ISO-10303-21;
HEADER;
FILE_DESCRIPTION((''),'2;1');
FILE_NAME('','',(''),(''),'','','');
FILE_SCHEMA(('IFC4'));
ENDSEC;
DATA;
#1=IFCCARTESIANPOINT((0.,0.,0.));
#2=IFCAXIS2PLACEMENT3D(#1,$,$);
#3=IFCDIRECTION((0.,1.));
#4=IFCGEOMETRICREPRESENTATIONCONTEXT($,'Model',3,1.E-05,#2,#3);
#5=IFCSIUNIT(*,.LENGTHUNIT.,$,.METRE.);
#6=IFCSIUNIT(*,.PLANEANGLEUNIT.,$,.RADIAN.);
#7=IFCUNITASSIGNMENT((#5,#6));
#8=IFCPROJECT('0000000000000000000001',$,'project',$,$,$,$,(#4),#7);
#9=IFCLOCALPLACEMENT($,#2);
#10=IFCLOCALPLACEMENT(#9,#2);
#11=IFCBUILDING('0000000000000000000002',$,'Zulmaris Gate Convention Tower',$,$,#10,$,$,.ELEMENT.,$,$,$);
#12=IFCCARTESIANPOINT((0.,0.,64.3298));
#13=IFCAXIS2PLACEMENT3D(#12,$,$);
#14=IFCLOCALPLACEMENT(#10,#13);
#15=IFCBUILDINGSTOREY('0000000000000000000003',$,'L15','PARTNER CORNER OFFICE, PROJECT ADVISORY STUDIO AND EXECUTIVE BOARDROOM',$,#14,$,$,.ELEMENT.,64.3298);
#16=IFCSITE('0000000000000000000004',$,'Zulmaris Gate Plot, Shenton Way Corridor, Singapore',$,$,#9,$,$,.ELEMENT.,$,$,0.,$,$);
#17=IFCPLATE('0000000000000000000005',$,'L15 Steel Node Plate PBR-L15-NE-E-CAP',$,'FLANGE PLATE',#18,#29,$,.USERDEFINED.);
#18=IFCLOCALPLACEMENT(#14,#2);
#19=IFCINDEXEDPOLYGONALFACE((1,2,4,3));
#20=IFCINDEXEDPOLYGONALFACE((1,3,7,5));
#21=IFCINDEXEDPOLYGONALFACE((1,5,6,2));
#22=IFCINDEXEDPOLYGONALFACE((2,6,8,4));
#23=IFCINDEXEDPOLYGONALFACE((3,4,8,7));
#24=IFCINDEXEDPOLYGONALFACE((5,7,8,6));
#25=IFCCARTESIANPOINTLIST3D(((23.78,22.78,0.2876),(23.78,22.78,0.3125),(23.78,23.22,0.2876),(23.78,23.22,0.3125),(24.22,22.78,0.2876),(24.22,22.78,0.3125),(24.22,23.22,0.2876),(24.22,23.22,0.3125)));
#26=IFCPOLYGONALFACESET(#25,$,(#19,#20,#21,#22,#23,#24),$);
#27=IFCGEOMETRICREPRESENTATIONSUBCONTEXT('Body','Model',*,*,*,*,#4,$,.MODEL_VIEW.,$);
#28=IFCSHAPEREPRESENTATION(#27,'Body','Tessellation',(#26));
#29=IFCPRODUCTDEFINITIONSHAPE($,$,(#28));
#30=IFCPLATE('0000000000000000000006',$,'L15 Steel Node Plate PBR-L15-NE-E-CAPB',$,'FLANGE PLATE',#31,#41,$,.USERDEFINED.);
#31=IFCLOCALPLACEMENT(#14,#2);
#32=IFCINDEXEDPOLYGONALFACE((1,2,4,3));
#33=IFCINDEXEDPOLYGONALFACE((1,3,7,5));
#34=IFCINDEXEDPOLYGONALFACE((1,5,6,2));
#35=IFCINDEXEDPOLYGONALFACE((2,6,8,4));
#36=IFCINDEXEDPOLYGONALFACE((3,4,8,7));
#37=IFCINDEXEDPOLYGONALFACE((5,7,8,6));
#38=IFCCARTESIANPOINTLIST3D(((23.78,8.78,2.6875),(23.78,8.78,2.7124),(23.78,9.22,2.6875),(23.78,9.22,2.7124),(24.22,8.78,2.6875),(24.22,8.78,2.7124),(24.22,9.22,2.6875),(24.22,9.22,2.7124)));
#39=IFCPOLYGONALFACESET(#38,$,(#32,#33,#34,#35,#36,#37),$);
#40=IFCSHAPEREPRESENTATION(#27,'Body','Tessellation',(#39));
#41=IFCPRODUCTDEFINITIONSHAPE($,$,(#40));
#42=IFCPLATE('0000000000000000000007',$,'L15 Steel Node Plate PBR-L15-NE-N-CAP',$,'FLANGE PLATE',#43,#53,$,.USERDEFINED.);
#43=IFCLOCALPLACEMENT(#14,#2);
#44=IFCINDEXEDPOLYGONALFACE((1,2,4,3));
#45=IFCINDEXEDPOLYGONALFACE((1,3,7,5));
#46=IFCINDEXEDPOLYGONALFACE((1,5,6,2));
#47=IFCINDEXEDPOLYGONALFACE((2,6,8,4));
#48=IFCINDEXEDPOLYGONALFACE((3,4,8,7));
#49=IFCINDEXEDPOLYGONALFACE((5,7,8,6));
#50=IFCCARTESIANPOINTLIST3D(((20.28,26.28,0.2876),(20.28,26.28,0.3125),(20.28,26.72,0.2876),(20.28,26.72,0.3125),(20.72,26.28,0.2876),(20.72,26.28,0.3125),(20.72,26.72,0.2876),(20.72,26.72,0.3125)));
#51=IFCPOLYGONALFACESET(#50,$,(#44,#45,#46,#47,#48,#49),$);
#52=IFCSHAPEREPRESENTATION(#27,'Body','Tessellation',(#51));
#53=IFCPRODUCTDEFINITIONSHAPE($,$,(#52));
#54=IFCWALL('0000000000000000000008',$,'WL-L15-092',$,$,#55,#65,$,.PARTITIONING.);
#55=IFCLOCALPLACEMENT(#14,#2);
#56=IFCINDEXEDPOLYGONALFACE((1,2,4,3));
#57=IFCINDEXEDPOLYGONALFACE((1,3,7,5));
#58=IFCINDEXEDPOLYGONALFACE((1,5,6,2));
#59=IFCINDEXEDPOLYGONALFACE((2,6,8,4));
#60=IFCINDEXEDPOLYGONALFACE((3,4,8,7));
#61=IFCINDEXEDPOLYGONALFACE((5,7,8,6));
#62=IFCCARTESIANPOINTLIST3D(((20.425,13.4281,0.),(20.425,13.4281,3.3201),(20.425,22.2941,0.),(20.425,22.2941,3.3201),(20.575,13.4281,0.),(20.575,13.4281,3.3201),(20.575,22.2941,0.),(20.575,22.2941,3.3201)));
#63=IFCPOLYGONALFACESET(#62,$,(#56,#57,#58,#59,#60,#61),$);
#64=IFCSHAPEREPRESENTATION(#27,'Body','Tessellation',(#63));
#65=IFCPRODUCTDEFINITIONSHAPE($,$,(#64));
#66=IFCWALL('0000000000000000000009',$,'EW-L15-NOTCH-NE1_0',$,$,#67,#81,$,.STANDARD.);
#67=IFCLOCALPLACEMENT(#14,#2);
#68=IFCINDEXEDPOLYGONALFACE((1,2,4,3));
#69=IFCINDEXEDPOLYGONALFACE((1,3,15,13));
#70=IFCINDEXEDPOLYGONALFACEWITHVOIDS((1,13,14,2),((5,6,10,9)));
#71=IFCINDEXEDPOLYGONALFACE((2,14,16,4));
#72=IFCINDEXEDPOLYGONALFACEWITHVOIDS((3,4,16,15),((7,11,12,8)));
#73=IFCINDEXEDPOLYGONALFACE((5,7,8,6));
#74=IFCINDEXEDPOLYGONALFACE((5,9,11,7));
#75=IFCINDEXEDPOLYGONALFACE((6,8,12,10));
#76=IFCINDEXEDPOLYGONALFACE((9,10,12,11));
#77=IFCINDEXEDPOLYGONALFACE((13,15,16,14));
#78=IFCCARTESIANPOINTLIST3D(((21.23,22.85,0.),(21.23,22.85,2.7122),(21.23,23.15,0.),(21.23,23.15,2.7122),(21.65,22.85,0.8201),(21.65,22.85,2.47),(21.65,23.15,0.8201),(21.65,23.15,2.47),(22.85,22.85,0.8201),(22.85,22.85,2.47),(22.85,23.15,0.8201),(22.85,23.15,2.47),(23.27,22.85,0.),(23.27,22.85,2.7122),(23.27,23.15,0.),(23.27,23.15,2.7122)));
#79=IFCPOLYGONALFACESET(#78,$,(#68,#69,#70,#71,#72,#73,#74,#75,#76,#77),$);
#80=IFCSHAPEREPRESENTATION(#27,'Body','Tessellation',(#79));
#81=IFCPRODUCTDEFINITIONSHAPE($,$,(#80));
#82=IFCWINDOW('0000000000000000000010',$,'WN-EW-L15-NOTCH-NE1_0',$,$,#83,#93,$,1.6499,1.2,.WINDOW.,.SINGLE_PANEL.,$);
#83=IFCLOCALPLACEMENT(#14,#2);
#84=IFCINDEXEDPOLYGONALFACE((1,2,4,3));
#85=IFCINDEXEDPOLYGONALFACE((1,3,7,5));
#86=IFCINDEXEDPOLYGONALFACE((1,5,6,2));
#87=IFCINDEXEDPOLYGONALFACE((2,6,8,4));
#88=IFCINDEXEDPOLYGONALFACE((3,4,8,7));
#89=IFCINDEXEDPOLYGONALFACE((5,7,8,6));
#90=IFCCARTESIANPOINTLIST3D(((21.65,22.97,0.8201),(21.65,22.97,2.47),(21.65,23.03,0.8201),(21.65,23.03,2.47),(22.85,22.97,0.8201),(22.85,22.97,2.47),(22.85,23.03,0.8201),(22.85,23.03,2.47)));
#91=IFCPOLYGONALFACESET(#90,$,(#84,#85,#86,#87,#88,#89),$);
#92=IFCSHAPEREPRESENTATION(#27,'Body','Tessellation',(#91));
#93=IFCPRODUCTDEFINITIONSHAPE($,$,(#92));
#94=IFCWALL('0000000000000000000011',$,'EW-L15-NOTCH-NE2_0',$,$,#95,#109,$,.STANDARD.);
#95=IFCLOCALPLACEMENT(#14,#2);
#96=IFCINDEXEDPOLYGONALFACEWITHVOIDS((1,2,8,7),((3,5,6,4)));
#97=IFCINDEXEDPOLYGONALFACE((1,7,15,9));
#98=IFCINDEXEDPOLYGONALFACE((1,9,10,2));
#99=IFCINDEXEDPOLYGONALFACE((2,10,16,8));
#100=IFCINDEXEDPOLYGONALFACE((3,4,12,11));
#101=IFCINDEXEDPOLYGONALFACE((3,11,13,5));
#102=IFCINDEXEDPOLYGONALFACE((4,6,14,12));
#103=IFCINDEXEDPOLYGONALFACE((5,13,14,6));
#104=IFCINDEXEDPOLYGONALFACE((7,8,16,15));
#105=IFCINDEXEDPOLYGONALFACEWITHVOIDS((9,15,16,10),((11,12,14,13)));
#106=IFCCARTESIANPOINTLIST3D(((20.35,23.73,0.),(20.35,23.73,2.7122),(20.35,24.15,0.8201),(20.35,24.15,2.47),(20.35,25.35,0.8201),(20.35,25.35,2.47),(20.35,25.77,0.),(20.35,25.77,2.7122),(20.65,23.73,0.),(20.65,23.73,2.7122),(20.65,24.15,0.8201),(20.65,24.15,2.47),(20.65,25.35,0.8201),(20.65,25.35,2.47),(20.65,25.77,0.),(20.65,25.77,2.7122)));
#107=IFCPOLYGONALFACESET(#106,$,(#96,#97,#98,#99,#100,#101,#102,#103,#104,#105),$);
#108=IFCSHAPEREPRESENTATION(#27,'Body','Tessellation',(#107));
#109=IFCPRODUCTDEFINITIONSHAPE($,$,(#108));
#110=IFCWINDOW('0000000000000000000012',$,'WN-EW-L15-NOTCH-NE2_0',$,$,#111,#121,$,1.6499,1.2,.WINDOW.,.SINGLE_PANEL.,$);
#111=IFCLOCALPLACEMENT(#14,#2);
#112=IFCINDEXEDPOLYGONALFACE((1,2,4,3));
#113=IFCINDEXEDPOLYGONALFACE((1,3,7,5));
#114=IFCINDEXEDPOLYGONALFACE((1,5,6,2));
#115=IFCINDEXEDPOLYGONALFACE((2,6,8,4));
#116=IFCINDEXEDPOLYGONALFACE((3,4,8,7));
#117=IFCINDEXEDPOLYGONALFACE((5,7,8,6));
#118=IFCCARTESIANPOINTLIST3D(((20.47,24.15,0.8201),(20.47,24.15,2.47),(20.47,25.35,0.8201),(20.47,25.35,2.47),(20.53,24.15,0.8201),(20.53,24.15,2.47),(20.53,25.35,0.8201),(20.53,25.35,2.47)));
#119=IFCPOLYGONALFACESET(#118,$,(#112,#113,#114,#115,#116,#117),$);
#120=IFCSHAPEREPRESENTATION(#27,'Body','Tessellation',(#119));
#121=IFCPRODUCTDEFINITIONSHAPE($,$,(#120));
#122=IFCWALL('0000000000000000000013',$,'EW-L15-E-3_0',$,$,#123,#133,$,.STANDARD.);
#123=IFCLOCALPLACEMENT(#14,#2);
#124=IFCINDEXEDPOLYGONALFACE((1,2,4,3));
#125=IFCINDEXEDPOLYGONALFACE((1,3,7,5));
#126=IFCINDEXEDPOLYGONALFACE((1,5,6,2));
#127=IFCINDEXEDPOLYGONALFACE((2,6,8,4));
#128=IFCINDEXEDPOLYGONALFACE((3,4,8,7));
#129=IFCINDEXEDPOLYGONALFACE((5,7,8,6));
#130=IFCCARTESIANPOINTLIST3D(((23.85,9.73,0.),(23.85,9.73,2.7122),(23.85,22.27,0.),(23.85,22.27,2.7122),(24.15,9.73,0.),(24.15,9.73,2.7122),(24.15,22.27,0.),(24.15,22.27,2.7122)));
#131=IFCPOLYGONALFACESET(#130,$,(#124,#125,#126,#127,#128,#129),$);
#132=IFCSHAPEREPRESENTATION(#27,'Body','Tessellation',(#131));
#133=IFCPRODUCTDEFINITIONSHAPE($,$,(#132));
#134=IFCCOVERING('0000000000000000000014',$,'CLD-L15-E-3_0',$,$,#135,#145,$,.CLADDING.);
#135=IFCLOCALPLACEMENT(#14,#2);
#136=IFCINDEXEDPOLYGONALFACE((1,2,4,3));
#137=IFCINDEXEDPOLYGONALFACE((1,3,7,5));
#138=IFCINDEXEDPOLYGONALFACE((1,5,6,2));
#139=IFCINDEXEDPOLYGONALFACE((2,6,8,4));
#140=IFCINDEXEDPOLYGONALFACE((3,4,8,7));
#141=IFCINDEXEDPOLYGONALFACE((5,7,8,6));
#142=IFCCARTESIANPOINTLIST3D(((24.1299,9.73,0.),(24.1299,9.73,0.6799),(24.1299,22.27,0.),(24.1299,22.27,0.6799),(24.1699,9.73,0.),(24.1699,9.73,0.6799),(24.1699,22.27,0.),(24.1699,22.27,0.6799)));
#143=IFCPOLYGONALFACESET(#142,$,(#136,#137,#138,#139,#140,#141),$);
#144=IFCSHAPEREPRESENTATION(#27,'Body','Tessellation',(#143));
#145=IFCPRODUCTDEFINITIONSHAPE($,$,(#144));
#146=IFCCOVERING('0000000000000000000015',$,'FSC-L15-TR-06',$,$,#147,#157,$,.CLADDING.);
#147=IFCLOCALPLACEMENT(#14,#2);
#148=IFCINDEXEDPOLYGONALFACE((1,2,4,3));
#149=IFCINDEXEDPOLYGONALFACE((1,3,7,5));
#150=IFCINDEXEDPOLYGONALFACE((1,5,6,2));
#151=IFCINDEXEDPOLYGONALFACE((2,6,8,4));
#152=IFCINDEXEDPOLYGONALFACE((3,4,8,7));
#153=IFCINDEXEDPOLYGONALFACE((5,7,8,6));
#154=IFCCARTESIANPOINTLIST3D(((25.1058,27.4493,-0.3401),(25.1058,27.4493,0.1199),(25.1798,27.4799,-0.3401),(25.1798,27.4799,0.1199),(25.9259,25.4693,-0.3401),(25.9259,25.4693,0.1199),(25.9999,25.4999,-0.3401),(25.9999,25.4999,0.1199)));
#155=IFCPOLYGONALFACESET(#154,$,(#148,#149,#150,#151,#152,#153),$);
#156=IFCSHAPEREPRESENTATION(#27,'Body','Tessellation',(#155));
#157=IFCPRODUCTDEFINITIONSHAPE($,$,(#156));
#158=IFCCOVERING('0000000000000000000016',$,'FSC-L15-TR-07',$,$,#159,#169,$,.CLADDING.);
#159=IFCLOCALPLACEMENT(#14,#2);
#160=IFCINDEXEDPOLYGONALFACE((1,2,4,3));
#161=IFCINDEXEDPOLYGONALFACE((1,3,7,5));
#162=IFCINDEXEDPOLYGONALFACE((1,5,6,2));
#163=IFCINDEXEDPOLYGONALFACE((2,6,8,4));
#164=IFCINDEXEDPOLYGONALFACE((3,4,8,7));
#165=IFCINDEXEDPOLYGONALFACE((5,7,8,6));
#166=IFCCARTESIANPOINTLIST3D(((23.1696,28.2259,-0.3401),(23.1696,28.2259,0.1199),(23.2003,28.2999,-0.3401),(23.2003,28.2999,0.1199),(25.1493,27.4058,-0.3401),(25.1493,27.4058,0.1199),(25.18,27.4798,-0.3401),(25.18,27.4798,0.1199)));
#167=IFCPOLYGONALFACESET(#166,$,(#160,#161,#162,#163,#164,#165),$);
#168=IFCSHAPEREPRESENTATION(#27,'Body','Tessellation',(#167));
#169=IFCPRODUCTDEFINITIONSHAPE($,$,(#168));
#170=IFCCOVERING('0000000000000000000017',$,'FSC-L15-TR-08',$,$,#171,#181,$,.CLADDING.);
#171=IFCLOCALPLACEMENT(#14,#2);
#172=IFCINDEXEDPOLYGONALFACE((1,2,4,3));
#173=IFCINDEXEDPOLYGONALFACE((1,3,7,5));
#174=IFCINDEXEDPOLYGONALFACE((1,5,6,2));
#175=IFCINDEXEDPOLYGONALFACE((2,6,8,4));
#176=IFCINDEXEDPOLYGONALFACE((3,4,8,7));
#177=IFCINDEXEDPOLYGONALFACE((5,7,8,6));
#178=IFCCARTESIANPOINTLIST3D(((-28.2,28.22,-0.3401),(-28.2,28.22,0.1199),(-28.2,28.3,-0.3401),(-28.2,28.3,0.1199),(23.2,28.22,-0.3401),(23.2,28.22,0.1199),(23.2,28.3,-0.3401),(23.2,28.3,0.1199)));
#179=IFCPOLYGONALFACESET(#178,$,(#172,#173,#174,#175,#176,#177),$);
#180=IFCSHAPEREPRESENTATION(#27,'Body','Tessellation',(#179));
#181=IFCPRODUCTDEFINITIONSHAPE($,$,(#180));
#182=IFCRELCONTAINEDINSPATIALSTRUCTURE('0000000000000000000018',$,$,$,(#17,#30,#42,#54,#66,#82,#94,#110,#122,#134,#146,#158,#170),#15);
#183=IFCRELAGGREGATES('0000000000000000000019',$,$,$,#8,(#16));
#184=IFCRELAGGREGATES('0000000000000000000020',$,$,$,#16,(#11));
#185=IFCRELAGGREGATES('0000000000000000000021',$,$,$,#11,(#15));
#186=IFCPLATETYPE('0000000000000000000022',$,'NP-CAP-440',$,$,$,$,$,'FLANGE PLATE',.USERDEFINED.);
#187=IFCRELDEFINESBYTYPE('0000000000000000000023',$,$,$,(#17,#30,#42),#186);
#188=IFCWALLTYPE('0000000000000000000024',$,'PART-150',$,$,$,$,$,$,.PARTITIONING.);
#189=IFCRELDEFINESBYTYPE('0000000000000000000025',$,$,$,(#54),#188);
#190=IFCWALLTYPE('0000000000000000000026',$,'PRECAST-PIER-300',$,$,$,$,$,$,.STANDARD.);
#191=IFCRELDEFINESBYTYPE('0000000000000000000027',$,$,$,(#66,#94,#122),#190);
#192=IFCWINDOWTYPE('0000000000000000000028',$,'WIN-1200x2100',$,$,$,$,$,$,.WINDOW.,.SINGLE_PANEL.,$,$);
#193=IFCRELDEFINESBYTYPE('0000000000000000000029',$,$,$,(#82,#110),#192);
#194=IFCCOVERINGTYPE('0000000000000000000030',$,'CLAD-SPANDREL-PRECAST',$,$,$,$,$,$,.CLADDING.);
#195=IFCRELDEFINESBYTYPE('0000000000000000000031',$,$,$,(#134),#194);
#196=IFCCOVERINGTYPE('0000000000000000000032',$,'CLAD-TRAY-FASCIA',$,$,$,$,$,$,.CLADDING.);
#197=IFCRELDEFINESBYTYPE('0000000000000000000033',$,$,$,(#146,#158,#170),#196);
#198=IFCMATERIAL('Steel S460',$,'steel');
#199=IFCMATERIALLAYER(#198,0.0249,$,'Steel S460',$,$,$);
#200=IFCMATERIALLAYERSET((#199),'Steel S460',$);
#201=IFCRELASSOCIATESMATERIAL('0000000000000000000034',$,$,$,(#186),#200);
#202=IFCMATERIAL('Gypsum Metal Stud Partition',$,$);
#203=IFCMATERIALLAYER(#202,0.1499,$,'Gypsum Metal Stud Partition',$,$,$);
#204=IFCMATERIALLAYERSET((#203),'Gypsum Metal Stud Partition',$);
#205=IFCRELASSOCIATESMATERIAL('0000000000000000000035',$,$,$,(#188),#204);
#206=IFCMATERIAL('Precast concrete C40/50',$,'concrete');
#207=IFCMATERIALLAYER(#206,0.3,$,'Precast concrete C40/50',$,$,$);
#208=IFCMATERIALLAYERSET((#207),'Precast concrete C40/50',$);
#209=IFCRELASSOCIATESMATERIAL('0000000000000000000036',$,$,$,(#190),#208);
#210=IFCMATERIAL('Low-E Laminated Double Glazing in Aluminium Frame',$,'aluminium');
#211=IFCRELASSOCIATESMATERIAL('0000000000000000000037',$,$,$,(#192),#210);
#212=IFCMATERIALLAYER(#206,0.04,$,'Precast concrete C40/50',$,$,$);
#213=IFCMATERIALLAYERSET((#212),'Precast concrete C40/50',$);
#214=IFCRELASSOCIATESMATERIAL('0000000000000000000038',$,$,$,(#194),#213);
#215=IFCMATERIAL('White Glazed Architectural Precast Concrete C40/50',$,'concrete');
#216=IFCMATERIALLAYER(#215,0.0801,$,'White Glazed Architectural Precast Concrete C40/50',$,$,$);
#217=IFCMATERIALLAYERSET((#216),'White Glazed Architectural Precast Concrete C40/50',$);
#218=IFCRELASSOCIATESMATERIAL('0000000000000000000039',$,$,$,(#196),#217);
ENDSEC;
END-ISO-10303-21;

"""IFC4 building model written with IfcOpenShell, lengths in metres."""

from ifc_helpers import new_model, si_unit, direction, frame, frame_2d, origin, origin_2d, place, context, subcontext, project, spatial, rectangle, extrude, material, layer, layer_set, type_object, element, fill, save


model = new_model("IFC4")

# Units and contexts
model_context = context("Model", 3, precision=1e-05, world=origin(), true_north=direction((0.0, 1.0)))
body_context = subcontext(model_context, "Body", "Model", "MODEL_VIEW")
ifc_project = project(units=[si_unit("LENGTHUNIT", "METRE"), si_unit("PLANEANGLEUNIT", "RADIAN")], contexts=[model_context])

# Site, building, storey
site_placement = place(None, origin())
site = spatial("IfcSite", under=ifc_project, at=site_placement, Name="Zulmaris Gate Plot, Shenton Way Corridor, Singapore", CompositionType="ELEMENT", RefElevation=0.0)
building_placement = place(site_placement, origin())
building = spatial("IfcBuilding", under=site, at=building_placement, Name="Zulmaris Gate Convention Tower", CompositionType="ELEMENT")
storey_placement = place(building_placement, frame((0.0, 0.0, 64.3298)))
storey = spatial("IfcBuildingStorey", under=building, at=storey_placement, Name="L15", Description="PARTNER CORNER OFFICE, PROJECT ADVISORY STUDIO AND EXECUTIVE BOARDROOM", CompositionType="ELEMENT", Elevation=64.3298)

# Shared definitions
ifc_material_1 = material(Name="Steel S460", Category="steel")

# Plates
ifc_layer_1 = layer(ifc_material_1, 0.0249, Name="Steel S460")
ifc_layer_set_1 = layer_set([ifc_layer_1], Name="Steel S460")
plate_type = type_object("IfcPlateType", Name="NP-CAP-440", ElementType="FLANGE PLATE", PredefinedType="USERDEFINED", material=ifc_layer_set_1)
for number, where, z_axis, x_axis, name in (
    (1, (24.0, 23.0, 0.2876), (0.0, 0.0, 1.0), (1.0, 0.0, 0.0), "L15 Steel Node Plate PBR-L15-NE-E-CAP"),
    (2, (24.0, 9.0, 2.6875), (0.0, 0.0, 1.0), (1.0, 0.0, 0.0), "L15 Steel Node Plate PBR-L15-NE-E-CAPB"),
    (3, (20.5, 26.5, 0.2876), (0.0, 0.0, 1.0), (1.0, 0.0, 0.0), "L15 Steel Node Plate PBR-L15-NE-N-CAP"),
):
    element("IfcPlate", number, at=place(storey_placement, frame(where, z_axis=z_axis, x_axis=x_axis)), inside=storey, type_object=plate_type, Name=name, ObjectType="FLANGE PLATE", PredefinedType="USERDEFINED", context=body_context, shape_type="SweptSolid", body=[
        extrude(rectangle(XDim=0.4399, YDim=0.4399, at=origin_2d()), origin(), (0.0, 0.0, 1.0), 0.0249),
    ])

# Shared definitions
ifc_material_2 = material(Name="Gypsum Metal Stud Partition")
ifc_layer_2 = layer(ifc_material_2, 0.1499, Name="Gypsum Metal Stud Partition")
ifc_layer_set_2 = layer_set([ifc_layer_2], Name="Gypsum Metal Stud Partition")
wall_type_1 = type_object("IfcWallType", Name="PART-150", PredefinedType="PARTITIONING", material=ifc_layer_set_2)

# Wall
wall_1_placement = place(storey_placement, frame((20.5, 13.428, 0.0), z_axis=(0.0, 0.0, 1.0), x_axis=(0.0, 1.0, 0.0)))
element("IfcWall", 4, at=wall_1_placement, inside=storey, type_object=wall_type_1, Name="WL-L15-092", PredefinedType="PARTITIONING", context=body_context, shape_type="SweptSolid", body=[
    extrude(rectangle(XDim=8.866, YDim=0.1499, at=frame_2d((4.4331, 0.0))), origin(), (0.0, 0.0, 1.0), 3.3201),
])

# Walls, openings, windows
ifc_material_3 = material(Name="Precast concrete C40/50", Category="concrete")
ifc_layer_3 = layer(ifc_material_3, 0.3, Name="Precast concrete C40/50")
ifc_layer_set_3 = layer_set([ifc_layer_3], Name="Precast concrete C40/50")
wall_type_2 = type_object("IfcWallType", Name="PRECAST-PIER-300", PredefinedType="STANDARD", material=ifc_layer_set_3)
wall_2_placement = place(storey_placement, frame((23.27, 23.0, 0.0), z_axis=(0.0, 0.0, 1.0), x_axis=(-1.0, 0.0, 0.0)))
wall_2 = element("IfcWall", 5, at=wall_2_placement, inside=storey, type_object=wall_type_2, Name="EW-L15-NOTCH-NE1_0", PredefinedType="STANDARD", context=body_context, shape_type="SweptSolid", body=[
    extrude(rectangle(XDim=2.04, YDim=0.3, at=frame_2d((1.02, 0.0))), origin(), (0.0, 0.0, 1.0), 2.7122),
])
opening_1_placement = place(wall_2_placement, frame((0.4199, 0.0, 0.8201)))
opening_1 = element("IfcOpeningElement", 6, at=opening_1_placement, cuts=wall_2, PredefinedType="OPENING", context=body_context, shape_type="SweptSolid", body=[
    extrude(rectangle(XDim=1.2, YDim=1.6499, at=frame_2d((0.6001, 0.825))), frame((0.0, 0.1602, 0.0), z_axis=(0.0, -1.0, 0.0), x_axis=(1.0, 0.0, 0.0)), (0.0, 0.0, 1.0), 0.3201),
])
ifc_material_4 = material(Name="Low-E Laminated Double Glazing in Aluminium Frame", Category="aluminium")
window_type = type_object("IfcWindowType", Name="WIN-1200x2100", PartitioningType="SINGLE_PANEL", PredefinedType="WINDOW", material=ifc_material_4)
window_1_placement = place(opening_1_placement, origin())
window_1 = element("IfcWindow", 7, at=window_1_placement, inside=storey, type_object=window_type, Name="WN-EW-L15-NOTCH-NE1_0", OverallHeight=1.6499, OverallWidth=1.2, PartitioningType="SINGLE_PANEL", PredefinedType="WINDOW", context=body_context, shape_type="SweptSolid", body=[
    extrude(rectangle(XDim=1.2, YDim=1.6499, at=frame_2d((0.6001, 0.825))), frame((0.0, 0.03, 0.0), z_axis=(0.0, -1.0, 0.0), x_axis=(1.0, 0.0, 0.0)), (0.0, 0.0, 1.0), 0.0601),
])
fill(opening_1, window_1)
wall_3_placement = place(storey_placement, frame((20.5, 23.73, 0.0), z_axis=(0.0, 0.0, 1.0), x_axis=(0.0, 1.0, 0.0)))
wall_3 = element("IfcWall", 8, at=wall_3_placement, inside=storey, type_object=wall_type_2, Name="EW-L15-NOTCH-NE2_0", PredefinedType="STANDARD", context=body_context, shape_type="SweptSolid", body=[
    extrude(rectangle(XDim=2.04, YDim=0.3, at=frame_2d((1.02, 0.0))), origin(), (0.0, 0.0, 1.0), 2.7122),
])
opening_2_placement = place(wall_3_placement, frame((0.4199, 0.0, 0.8201)))
opening_2 = element("IfcOpeningElement", 9, at=opening_2_placement, cuts=wall_3, PredefinedType="OPENING", context=body_context, shape_type="SweptSolid", body=[
    extrude(rectangle(XDim=1.2, YDim=1.6499, at=frame_2d((0.6001, 0.825))), frame((0.0, 0.1602, 0.0), z_axis=(0.0, -1.0, 0.0), x_axis=(1.0, 0.0, 0.0)), (0.0, 0.0, 1.0), 0.3201),
])
window_2_placement = place(opening_2_placement, origin())
window_2 = element("IfcWindow", 10, at=window_2_placement, inside=storey, type_object=window_type, Name="WN-EW-L15-NOTCH-NE2_0", OverallHeight=1.6499, OverallWidth=1.2, PartitioningType="SINGLE_PANEL", PredefinedType="WINDOW", context=body_context, shape_type="SweptSolid", body=[
    extrude(rectangle(XDim=1.2, YDim=1.6499, at=frame_2d((0.6001, 0.825))), frame((0.0, 0.03, 0.0), z_axis=(0.0, -1.0, 0.0), x_axis=(1.0, 0.0, 0.0)), (0.0, 0.0, 1.0), 0.0601),
])
fill(opening_2, window_2)

# Wall
wall_4_placement = place(storey_placement, frame((24.0, 9.73, 0.0), z_axis=(0.0, 0.0, 1.0), x_axis=(0.0, 1.0, 0.0)))
element("IfcWall", 11, at=wall_4_placement, inside=storey, type_object=wall_type_2, Name="EW-L15-E-3_0", PredefinedType="STANDARD", context=body_context, shape_type="SweptSolid", body=[
    extrude(rectangle(XDim=12.54, YDim=0.3, at=frame_2d((6.27, 0.0))), origin(), (0.0, 0.0, 1.0), 2.7122),
])

# Coverings
ifc_layer_4 = layer(ifc_material_3, 0.04, Name="Precast concrete C40/50")
ifc_layer_set_4 = layer_set([ifc_layer_4], Name="Precast concrete C40/50")
covering_type_1 = type_object("IfcCoveringType", Name="CLAD-SPANDREL-PRECAST", PredefinedType="CLADDING", material=ifc_layer_set_4)
covering_1_placement = place(storey_placement, frame((24.1499, 9.73, 0.0), z_axis=(0.0, 0.0, 1.0), x_axis=(0.0, 1.0, 0.0)))
element("IfcCovering", 12, at=covering_1_placement, inside=storey, type_object=covering_type_1, Name="CLD-L15-E-3_0", PredefinedType="CLADDING", context=body_context, shape_type="SweptSolid", body=[
    extrude(rectangle(XDim=12.54, YDim=0.04, at=frame_2d((6.27, 0.0))), origin(), (0.0, 0.0, 1.0), 0.6799),
])
ifc_material_5 = material(Name="White Glazed Architectural Precast Concrete C40/50", Category="concrete")
ifc_layer_5 = layer(ifc_material_5, 0.0801, Name="White Glazed Architectural Precast Concrete C40/50")
ifc_layer_set_5 = layer_set([ifc_layer_5], Name="White Glazed Architectural Precast Concrete C40/50")
covering_type_2 = type_object("IfcCoveringType", Name="CLAD-TRAY-FASCIA", PredefinedType="CLADDING", material=ifc_layer_set_5)
covering_2_placement = place(storey_placement, frame((25.9629, 25.4846, -0.3401), z_axis=(0.0, 0.0, 1.0), x_axis=(-0.382657, 0.92389, 0.0)))
element("IfcCovering", 13, at=covering_2_placement, inside=storey, type_object=covering_type_2, Name="FSC-L15-TR-06", PredefinedType="CLADDING", context=body_context, shape_type="SweptSolid", body=[
    extrude(rectangle(XDim=2.1431, YDim=0.0801, at=frame_2d((1.0715, 0.0))), origin(), (0.0, 0.0, 1.0), 0.46),
])
covering_3_placement = place(storey_placement, frame((25.1646, 27.4429, -0.3401), z_axis=(0.0, 0.0, 1.0), x_axis=(-0.923874, 0.382697, 0.0)))
element("IfcCovering", 14, at=covering_3_placement, inside=storey, type_object=covering_type_2, Name="FSC-L15-TR-07", PredefinedType="CLADDING", context=body_context, shape_type="SweptSolid", body=[
    extrude(rectangle(XDim=2.1428, YDim=0.0801, at=frame_2d((1.0713, 0.0))), origin(), (0.0, 0.0, 1.0), 0.46),
])
covering_4_placement = place(storey_placement, frame((23.2, 28.26, -0.3401), z_axis=(0.0, 0.0, 1.0), x_axis=(-1.0, 0.0, 0.0)))
element("IfcCovering", 15, at=covering_4_placement, inside=storey, type_object=covering_type_2, Name="FSC-L15-TR-08", PredefinedType="CLADDING", context=body_context, shape_type="SweptSolid", body=[
    extrude(rectangle(XDim=51.3999, YDim=0.0801, at=frame_2d((25.7, 0.0))), origin(), (0.0, 0.0, 1.0), 0.46),
])

save(model, "model.ifc")
